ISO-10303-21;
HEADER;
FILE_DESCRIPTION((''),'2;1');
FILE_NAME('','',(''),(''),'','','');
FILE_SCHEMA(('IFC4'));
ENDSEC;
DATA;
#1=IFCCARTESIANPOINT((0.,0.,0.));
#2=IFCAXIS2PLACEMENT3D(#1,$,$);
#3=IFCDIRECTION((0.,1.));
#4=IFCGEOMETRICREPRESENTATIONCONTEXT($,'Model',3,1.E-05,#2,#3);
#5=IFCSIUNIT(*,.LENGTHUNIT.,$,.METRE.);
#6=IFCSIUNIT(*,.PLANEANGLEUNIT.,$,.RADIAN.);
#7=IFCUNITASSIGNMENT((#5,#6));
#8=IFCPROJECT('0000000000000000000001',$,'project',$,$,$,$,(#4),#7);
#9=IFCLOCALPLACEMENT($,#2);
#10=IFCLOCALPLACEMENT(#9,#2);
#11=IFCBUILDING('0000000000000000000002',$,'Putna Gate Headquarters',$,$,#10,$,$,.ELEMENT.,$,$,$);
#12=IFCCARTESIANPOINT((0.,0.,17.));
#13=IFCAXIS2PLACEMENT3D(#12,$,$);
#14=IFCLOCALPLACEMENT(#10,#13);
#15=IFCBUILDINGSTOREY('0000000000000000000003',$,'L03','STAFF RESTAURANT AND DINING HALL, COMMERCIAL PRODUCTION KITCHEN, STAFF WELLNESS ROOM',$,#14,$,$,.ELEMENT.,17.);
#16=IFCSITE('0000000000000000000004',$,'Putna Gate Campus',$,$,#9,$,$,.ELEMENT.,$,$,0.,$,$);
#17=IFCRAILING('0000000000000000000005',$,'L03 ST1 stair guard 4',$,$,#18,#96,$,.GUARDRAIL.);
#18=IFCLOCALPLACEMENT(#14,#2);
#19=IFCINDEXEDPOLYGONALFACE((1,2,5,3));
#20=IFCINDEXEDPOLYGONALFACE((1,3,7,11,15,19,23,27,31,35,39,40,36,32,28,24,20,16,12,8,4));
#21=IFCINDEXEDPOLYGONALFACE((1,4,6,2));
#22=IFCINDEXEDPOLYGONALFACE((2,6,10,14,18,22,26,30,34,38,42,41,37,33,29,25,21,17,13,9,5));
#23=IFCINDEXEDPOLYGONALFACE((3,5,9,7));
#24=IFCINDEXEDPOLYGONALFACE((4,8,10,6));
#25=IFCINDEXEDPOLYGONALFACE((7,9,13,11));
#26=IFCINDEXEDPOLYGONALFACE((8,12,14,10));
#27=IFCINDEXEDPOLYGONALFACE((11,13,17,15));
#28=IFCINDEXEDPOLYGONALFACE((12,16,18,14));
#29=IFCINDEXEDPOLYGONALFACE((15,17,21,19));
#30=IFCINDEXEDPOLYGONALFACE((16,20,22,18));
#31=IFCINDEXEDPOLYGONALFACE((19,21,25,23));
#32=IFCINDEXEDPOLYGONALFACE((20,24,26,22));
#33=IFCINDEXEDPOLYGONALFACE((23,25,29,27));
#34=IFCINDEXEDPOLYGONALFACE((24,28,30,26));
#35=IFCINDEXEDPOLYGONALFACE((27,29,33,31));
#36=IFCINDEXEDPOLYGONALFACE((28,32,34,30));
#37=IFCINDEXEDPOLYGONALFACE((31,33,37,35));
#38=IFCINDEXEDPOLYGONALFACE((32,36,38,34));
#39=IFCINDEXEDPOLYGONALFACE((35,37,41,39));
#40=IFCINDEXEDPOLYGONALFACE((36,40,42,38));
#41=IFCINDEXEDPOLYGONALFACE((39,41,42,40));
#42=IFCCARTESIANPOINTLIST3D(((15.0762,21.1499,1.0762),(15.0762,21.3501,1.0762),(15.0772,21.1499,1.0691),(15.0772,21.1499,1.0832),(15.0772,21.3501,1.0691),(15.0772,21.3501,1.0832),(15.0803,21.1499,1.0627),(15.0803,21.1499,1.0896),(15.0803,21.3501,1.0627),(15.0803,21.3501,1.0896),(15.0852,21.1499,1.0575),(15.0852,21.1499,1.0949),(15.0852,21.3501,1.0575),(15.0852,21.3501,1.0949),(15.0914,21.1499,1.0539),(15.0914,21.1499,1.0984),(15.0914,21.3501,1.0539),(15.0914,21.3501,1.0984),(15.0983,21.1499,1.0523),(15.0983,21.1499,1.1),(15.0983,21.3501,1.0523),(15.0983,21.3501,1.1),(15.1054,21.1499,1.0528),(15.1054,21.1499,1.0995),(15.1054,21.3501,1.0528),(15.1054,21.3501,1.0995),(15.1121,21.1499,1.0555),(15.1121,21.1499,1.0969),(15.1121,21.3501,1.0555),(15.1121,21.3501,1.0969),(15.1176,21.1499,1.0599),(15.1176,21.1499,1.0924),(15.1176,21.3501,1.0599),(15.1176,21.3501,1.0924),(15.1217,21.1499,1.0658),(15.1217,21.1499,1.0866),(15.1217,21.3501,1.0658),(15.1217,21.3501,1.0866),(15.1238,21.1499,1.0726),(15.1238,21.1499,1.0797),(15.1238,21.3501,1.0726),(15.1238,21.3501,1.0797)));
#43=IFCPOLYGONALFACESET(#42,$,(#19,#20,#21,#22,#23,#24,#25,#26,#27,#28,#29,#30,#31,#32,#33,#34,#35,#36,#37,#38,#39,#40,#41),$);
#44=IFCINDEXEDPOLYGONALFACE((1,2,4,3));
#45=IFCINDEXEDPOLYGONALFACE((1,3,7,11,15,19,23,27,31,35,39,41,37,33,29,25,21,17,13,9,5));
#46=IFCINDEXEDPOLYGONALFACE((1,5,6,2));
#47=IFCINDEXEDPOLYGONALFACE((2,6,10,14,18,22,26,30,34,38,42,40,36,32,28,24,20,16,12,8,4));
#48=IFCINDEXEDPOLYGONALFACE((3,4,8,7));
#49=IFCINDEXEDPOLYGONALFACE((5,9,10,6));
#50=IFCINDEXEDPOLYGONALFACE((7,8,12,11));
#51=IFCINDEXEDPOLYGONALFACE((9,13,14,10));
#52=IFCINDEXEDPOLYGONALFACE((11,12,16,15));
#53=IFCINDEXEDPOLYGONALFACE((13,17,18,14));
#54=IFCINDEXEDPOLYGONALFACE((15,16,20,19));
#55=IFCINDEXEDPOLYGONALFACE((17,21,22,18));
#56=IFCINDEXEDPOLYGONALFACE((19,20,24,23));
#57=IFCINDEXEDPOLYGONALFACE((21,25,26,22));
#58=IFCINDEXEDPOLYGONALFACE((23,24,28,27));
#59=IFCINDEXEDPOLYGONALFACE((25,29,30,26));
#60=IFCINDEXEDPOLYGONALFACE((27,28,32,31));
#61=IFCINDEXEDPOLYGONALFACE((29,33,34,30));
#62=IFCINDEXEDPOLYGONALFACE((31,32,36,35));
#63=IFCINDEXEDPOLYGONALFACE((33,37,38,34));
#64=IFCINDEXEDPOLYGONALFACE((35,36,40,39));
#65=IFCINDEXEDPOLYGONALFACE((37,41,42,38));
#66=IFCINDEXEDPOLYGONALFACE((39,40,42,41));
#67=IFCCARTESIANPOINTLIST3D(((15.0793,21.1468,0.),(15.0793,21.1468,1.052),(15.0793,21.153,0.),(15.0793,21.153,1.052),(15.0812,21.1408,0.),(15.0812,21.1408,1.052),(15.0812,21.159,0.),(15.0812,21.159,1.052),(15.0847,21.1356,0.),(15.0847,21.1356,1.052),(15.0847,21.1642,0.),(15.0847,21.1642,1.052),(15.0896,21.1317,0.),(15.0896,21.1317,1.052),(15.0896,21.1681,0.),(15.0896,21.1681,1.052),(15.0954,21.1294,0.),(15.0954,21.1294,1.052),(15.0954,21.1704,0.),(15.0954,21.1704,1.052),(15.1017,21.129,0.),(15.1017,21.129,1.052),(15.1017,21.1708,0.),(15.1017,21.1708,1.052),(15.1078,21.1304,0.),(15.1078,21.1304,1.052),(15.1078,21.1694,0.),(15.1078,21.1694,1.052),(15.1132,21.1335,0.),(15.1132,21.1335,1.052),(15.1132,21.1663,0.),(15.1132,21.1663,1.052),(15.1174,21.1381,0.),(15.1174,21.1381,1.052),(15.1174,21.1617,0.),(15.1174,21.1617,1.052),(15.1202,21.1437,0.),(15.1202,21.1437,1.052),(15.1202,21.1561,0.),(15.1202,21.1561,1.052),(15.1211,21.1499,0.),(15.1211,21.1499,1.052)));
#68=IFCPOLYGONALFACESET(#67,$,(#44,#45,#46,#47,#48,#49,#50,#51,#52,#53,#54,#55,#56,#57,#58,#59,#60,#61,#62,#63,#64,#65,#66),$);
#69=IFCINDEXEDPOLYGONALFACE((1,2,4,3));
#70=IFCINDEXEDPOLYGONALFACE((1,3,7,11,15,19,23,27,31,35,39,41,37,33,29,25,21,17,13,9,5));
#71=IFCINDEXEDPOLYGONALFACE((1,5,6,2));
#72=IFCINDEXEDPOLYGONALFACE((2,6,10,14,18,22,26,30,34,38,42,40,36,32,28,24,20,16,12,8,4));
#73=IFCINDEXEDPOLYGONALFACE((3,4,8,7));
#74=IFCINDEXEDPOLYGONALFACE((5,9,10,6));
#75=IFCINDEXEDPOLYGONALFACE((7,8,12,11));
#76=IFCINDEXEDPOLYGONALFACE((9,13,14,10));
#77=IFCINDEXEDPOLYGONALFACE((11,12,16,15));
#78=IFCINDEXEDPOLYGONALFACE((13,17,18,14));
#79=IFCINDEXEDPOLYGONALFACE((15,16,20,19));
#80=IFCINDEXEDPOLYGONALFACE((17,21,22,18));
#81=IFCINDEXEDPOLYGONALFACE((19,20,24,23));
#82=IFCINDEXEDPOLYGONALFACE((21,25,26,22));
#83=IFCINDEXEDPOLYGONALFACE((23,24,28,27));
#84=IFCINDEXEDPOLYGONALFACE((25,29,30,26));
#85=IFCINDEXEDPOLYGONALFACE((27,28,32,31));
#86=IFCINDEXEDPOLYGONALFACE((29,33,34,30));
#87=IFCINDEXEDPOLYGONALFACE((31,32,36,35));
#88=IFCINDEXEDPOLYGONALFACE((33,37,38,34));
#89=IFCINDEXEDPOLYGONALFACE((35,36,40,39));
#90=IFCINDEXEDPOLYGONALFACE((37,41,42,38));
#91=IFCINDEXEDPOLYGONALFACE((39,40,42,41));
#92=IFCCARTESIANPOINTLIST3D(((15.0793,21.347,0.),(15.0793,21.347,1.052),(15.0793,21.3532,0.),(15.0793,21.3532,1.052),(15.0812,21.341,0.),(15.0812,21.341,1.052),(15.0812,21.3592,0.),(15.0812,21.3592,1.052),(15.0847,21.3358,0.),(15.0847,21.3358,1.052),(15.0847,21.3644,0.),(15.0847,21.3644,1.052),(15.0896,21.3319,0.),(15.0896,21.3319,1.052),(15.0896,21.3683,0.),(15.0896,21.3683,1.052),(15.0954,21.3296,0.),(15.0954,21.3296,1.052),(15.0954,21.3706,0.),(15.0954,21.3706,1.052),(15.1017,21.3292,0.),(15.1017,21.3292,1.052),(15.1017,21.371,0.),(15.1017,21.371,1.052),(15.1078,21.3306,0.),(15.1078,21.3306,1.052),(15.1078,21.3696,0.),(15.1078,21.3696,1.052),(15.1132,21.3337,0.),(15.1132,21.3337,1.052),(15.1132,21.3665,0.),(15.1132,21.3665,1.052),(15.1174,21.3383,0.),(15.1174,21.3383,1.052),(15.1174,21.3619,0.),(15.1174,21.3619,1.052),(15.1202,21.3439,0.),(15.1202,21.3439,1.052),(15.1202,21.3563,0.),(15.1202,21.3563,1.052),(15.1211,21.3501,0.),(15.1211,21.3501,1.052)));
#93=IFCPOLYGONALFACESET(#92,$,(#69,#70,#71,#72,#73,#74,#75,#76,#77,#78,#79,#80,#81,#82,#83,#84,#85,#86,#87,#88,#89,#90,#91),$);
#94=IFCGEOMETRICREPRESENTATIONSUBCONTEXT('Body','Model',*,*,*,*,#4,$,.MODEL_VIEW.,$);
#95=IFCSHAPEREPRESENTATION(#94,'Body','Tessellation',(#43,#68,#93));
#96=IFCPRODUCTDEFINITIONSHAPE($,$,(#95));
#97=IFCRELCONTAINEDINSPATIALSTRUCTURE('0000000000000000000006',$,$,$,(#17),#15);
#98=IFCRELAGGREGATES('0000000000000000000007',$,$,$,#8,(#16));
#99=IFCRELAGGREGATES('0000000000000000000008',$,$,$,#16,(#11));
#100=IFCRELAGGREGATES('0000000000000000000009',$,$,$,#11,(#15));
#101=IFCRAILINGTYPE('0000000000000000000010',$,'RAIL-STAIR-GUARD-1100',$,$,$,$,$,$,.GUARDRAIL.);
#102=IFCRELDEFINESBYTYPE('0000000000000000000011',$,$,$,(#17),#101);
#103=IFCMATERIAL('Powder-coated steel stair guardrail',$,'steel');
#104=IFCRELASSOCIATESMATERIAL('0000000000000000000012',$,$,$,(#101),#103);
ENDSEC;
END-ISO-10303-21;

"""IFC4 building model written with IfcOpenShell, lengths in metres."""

from ifc_helpers import new_model, si_unit, direction, frame, origin, origin_2d, place, context, subcontext, project, spatial, circle, extrude, material, type_object, element, save


model = new_model("IFC4")

# Units and contexts
model_context = context("Model", 3, precision=1e-05, world=origin(), true_north=direction((0.0, 1.0)))
body_context = subcontext(model_context, "Body", "Model", "MODEL_VIEW")
ifc_project = project(units=[si_unit("LENGTHUNIT", "METRE"), si_unit("PLANEANGLEUNIT", "RADIAN")], contexts=[model_context])

# Site, building, storey
site_placement = place(None, origin())
site = spatial("IfcSite", under=ifc_project, at=site_placement, Name="Putna Gate Campus", CompositionType="ELEMENT", RefElevation=0.0)
building_placement = place(site_placement, origin())
building = spatial("IfcBuilding", under=site, at=building_placement, Name="Putna Gate Headquarters", CompositionType="ELEMENT")
storey_placement = place(building_placement, frame((0.0, 0.0, 17.0)))
storey = spatial("IfcBuildingStorey", under=building, at=storey_placement, Name="L03", Description="STAFF RESTAURANT AND DINING HALL, COMMERCIAL PRODUCTION KITCHEN, STAFF WELLNESS ROOM", CompositionType="ELEMENT", Elevation=17.0)

# Railing
ifc_material_1 = material(Name="Powder-coated steel stair guardrail", Category="steel")
railing_type = type_object("IfcRailingType", Name="RAIL-STAIR-GUARD-1100", PredefinedType="GUARDRAIL", material=ifc_material_1)
railing_1_placement = place(storey_placement, frame((15.1001, 21.1499, 0.0)))
element("IfcRailing", 1, at=railing_1_placement, inside=storey, type_object=railing_type, Name="L03 ST1 stair guard 4", PredefinedType="GUARDRAIL", context=body_context, shape_type="SweptSolid", body=[
    extrude(circle(Radius=0.0239, at=origin_2d()), frame((0.0, 0.0, 1.0762), z_axis=(0.0, 1.0, 0.0), x_axis=(-1.0, 0.0, 0.0)), (0.0, 0.0, 1.0), 0.2002),
    extrude(circle(Radius=0.021, at=origin_2d()), origin(), (0.0, 0.0, 1.0), 1.052),
    extrude(circle(Radius=0.021, at=origin_2d()), frame((0.0, 0.2002, 0.0)), (0.0, 0.0, 1.0), 1.052),
])

save(model, "model.ifc")
